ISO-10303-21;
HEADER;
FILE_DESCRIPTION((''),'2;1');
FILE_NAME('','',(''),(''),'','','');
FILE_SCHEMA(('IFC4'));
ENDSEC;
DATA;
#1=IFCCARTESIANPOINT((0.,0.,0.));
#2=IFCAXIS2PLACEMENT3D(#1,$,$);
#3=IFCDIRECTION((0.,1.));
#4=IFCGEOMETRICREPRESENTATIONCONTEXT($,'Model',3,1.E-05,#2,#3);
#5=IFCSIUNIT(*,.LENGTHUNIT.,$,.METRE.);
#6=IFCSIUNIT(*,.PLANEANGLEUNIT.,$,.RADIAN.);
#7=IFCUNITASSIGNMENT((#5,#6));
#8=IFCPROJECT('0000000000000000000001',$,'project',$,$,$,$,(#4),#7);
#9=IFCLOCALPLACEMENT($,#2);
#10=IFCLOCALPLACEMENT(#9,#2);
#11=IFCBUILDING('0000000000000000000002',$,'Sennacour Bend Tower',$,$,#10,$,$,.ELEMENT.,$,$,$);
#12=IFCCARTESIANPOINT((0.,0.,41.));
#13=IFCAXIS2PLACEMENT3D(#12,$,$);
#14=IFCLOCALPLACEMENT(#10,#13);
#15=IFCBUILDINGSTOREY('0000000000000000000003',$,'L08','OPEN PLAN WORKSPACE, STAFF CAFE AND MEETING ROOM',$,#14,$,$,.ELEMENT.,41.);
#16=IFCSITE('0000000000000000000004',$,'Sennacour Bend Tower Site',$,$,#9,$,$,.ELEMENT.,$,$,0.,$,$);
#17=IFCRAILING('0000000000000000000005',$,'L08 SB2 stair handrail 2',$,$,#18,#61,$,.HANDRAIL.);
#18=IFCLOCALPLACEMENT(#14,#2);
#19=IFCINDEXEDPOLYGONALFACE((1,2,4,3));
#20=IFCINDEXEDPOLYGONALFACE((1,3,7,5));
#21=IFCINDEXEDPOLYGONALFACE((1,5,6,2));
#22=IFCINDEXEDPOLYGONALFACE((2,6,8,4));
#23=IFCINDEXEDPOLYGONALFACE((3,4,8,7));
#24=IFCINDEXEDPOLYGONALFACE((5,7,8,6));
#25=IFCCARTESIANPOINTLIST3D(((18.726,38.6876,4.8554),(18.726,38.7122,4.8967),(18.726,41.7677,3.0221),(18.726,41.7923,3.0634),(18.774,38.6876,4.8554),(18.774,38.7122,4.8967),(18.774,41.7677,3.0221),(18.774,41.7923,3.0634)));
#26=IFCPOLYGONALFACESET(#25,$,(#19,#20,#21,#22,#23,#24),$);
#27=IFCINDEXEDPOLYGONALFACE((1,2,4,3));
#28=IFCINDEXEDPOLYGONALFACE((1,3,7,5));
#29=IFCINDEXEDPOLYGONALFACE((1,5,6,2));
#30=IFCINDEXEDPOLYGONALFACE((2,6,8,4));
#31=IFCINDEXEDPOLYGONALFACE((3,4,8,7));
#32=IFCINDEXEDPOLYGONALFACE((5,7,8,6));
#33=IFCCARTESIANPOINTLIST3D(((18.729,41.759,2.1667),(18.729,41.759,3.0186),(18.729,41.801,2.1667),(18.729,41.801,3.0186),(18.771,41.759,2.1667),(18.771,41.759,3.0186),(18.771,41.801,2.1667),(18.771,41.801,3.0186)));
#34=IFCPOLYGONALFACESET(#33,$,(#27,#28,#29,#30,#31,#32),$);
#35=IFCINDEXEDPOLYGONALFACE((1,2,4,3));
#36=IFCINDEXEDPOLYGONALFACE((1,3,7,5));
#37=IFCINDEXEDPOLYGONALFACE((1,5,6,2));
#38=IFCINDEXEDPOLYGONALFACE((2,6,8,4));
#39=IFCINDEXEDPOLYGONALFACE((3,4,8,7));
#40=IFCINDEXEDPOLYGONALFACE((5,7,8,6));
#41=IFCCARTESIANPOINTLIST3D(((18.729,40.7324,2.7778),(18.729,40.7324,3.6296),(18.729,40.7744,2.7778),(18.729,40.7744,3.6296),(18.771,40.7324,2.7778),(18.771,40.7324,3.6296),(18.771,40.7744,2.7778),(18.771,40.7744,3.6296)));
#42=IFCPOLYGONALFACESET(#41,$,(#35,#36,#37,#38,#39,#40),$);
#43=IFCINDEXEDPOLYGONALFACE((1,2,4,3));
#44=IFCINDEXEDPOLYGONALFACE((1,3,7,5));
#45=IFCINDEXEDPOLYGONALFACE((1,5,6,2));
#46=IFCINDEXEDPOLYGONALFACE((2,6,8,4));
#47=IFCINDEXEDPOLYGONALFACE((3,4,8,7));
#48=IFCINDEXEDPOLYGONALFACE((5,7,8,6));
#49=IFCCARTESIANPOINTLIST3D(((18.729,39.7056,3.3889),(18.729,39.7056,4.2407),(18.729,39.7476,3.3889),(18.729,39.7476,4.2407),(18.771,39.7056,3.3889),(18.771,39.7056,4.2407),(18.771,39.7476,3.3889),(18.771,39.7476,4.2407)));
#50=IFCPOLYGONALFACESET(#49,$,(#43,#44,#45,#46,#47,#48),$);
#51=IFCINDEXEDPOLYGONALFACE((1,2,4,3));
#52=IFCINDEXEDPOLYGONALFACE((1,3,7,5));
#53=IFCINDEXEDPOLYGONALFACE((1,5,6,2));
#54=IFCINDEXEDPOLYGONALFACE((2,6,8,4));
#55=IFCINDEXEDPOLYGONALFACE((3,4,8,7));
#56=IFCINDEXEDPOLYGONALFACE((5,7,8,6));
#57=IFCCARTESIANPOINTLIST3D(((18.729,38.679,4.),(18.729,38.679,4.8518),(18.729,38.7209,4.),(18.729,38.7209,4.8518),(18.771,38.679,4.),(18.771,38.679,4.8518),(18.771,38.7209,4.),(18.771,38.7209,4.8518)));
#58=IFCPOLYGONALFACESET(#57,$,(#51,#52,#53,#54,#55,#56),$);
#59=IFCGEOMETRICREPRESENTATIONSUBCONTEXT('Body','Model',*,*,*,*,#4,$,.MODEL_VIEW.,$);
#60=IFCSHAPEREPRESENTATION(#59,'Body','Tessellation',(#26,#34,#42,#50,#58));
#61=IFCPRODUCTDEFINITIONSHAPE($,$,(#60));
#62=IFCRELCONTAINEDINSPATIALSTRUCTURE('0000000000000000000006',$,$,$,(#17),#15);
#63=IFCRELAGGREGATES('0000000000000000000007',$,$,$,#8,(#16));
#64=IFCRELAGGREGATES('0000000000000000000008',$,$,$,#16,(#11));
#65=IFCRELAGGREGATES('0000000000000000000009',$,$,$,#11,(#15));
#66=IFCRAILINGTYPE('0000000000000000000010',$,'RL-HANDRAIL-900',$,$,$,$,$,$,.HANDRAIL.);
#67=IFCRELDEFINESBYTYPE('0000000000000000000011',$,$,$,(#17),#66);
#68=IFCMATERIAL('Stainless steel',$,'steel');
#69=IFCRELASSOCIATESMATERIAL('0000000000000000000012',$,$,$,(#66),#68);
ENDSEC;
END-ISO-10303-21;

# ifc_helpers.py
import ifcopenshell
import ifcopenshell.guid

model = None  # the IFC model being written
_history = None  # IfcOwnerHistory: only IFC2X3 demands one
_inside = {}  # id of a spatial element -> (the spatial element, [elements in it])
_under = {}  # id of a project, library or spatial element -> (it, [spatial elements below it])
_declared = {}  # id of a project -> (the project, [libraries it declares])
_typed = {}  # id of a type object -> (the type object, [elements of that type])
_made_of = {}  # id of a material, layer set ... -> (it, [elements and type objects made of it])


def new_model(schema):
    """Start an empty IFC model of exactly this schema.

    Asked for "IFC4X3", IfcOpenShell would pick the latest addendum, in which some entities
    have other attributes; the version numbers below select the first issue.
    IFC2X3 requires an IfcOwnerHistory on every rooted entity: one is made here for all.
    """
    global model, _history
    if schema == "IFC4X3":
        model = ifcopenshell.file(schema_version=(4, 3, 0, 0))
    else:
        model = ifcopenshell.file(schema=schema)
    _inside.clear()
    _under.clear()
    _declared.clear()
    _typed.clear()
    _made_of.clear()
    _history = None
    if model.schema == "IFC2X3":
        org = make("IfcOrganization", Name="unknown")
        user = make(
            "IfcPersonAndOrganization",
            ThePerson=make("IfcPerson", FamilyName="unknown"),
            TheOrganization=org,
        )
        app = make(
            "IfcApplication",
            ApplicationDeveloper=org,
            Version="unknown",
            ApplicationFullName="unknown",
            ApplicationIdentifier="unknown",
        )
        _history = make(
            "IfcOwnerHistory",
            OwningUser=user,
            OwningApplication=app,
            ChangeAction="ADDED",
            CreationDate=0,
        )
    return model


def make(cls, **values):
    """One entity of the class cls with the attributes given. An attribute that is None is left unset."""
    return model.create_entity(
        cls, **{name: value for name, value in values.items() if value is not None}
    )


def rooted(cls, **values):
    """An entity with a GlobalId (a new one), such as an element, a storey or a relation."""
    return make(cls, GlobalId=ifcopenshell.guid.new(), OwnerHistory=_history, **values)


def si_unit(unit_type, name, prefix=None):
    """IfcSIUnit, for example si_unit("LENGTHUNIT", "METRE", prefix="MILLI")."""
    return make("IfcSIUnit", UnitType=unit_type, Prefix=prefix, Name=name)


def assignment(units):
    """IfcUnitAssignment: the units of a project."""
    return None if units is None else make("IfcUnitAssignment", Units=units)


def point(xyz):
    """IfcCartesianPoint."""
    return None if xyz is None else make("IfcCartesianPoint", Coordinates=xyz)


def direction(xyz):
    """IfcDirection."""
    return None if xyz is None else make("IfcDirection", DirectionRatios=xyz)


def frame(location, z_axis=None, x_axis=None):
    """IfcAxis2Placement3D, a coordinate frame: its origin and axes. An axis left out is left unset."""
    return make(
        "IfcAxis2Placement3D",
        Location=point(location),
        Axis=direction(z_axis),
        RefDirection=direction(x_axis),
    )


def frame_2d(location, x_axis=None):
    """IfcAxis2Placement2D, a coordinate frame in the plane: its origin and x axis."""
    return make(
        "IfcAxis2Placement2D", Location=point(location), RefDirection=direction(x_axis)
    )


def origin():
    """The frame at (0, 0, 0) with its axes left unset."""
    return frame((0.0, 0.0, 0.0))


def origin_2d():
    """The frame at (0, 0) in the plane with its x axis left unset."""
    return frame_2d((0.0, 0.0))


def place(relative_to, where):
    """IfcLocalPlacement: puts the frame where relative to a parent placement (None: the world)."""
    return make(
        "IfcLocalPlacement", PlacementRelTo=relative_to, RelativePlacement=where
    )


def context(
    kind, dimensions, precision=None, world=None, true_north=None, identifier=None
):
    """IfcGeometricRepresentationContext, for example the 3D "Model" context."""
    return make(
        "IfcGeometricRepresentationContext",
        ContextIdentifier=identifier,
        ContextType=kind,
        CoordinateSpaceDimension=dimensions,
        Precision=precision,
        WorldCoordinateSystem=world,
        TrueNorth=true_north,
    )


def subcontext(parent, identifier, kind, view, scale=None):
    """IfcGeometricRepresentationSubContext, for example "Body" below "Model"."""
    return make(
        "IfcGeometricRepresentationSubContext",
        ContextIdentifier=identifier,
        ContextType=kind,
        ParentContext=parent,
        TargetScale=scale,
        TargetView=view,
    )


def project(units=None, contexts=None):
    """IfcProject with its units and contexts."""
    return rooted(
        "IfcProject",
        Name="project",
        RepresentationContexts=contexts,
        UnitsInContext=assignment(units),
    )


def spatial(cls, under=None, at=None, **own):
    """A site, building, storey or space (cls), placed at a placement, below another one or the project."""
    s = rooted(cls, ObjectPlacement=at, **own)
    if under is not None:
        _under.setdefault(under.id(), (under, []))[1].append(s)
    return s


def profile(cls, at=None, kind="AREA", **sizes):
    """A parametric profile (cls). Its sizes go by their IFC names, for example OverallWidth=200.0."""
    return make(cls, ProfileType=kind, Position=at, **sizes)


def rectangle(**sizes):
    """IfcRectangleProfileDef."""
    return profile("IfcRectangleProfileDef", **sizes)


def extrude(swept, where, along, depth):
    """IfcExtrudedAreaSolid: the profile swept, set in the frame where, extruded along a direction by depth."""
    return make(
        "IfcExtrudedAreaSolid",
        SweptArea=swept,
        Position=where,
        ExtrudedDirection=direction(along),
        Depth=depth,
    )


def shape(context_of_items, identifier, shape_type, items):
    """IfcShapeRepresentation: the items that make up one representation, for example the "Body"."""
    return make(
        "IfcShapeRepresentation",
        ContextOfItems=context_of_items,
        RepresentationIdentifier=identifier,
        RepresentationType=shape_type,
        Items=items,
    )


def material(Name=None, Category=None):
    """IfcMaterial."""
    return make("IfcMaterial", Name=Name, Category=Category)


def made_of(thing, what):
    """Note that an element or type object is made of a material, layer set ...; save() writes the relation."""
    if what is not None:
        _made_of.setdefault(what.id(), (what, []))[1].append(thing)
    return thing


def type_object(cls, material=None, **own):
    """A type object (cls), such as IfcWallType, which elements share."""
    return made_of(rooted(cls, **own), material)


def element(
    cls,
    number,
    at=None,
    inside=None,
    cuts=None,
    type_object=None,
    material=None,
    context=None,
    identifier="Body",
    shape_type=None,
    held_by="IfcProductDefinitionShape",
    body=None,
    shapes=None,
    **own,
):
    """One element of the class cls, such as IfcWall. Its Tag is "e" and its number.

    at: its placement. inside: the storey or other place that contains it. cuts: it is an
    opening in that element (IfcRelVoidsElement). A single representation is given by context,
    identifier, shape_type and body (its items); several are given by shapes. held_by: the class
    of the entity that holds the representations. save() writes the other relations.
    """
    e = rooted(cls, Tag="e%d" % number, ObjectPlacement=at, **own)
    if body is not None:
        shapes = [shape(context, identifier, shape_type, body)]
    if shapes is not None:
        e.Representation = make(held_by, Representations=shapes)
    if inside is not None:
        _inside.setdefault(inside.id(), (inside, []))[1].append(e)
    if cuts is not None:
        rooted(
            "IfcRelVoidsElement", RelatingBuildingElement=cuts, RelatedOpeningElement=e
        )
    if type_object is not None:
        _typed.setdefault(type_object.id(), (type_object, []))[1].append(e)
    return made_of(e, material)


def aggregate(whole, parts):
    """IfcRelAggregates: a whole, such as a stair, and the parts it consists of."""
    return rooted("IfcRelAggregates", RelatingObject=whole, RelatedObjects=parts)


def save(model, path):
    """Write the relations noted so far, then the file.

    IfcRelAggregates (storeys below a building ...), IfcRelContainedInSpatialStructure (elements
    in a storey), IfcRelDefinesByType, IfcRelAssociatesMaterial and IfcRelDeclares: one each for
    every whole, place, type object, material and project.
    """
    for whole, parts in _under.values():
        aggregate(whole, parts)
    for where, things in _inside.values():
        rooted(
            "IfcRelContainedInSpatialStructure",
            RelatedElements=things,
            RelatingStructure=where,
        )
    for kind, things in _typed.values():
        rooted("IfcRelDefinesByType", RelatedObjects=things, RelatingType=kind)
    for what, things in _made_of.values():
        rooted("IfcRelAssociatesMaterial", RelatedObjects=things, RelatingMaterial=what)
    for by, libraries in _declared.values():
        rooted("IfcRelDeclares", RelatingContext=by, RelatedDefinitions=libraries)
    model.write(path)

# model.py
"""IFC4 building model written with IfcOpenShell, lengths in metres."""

from ifc_helpers import new_model, si_unit, direction, frame, origin, origin_2d, place, context, subcontext, project, spatial, rectangle, extrude, material, type_object, element, save


model = new_model("IFC4")

# Units and contexts
model_context = context("Model", 3, precision=1e-05, world=origin(), true_north=direction((0.0, 1.0)))
body_context = subcontext(model_context, "Body", "Model", "MODEL_VIEW")
ifc_project = project(units=[si_unit("LENGTHUNIT", "METRE"), si_unit("PLANEANGLEUNIT", "RADIAN")], contexts=[model_context])

# Site, building, storey
site_placement = place(None, origin())
site = spatial("IfcSite", under=ifc_project, at=site_placement, Name="Sennacour Bend Tower Site", CompositionType="ELEMENT", RefElevation=0.0)
building_placement = place(site_placement, origin())
building = spatial("IfcBuilding", under=site, at=building_placement, Name="Sennacour Bend Tower", CompositionType="ELEMENT")
storey_placement = place(building_placement, frame((0.0, 0.0, 41.0)))
storey = spatial("IfcBuildingStorey", under=building, at=storey_placement, Name="L08", Description="OPEN PLAN WORKSPACE, STAFF CAFE AND MEETING ROOM", CompositionType="ELEMENT", Elevation=41.0)

# Shared definitions
ifc_material_1 = material(Name="Stainless steel", Category="steel")

# Railing
railing_type_1 = type_object("IfcRailingType", Name="RL-HANDRAIL-900", PredefinedType="HANDRAIL", material=ifc_material_1)
railing_1_placement = place(storey_placement, frame((18.75, 41.78, 2.1667)))
element("IfcRailing", 1, at=railing_1_placement, inside=storey, type_object=railing_type_1, Name="L08 SB2 stair handrail 2", PredefinedType="HANDRAIL", context=body_context, shape_type="SweptSolid", body=[
    extrude(rectangle(XDim=0.0481, YDim=0.0481, at=origin_2d()), frame((0.0, 0.0, 0.876), z_axis=(0.0, -0.859309, 0.511458), x_axis=(1.0, 0.0, 0.0)), (0.0, 0.0, 1.0), 3.5845),
    extrude(rectangle(XDim=0.042, YDim=0.042, at=origin_2d()), origin(), (0.0, 0.0, 1.0), 0.8518),
    extrude(rectangle(XDim=0.042, YDim=0.042, at=origin_2d()), frame((0.0, -1.0266, 0.6111)), (0.0, 0.0, 1.0), 0.8518),
    extrude(rectangle(XDim=0.042, YDim=0.042, at=origin_2d()), frame((0.0, -2.0535, 1.2222)), (0.0, 0.0, 1.0), 0.8518),
    extrude(rectangle(XDim=0.042, YDim=0.042, at=origin_2d()), frame((0.0, -3.0801, 1.8333)), (0.0, 0.0, 1.0), 0.8518),
])

save(model, "model.ifc")
